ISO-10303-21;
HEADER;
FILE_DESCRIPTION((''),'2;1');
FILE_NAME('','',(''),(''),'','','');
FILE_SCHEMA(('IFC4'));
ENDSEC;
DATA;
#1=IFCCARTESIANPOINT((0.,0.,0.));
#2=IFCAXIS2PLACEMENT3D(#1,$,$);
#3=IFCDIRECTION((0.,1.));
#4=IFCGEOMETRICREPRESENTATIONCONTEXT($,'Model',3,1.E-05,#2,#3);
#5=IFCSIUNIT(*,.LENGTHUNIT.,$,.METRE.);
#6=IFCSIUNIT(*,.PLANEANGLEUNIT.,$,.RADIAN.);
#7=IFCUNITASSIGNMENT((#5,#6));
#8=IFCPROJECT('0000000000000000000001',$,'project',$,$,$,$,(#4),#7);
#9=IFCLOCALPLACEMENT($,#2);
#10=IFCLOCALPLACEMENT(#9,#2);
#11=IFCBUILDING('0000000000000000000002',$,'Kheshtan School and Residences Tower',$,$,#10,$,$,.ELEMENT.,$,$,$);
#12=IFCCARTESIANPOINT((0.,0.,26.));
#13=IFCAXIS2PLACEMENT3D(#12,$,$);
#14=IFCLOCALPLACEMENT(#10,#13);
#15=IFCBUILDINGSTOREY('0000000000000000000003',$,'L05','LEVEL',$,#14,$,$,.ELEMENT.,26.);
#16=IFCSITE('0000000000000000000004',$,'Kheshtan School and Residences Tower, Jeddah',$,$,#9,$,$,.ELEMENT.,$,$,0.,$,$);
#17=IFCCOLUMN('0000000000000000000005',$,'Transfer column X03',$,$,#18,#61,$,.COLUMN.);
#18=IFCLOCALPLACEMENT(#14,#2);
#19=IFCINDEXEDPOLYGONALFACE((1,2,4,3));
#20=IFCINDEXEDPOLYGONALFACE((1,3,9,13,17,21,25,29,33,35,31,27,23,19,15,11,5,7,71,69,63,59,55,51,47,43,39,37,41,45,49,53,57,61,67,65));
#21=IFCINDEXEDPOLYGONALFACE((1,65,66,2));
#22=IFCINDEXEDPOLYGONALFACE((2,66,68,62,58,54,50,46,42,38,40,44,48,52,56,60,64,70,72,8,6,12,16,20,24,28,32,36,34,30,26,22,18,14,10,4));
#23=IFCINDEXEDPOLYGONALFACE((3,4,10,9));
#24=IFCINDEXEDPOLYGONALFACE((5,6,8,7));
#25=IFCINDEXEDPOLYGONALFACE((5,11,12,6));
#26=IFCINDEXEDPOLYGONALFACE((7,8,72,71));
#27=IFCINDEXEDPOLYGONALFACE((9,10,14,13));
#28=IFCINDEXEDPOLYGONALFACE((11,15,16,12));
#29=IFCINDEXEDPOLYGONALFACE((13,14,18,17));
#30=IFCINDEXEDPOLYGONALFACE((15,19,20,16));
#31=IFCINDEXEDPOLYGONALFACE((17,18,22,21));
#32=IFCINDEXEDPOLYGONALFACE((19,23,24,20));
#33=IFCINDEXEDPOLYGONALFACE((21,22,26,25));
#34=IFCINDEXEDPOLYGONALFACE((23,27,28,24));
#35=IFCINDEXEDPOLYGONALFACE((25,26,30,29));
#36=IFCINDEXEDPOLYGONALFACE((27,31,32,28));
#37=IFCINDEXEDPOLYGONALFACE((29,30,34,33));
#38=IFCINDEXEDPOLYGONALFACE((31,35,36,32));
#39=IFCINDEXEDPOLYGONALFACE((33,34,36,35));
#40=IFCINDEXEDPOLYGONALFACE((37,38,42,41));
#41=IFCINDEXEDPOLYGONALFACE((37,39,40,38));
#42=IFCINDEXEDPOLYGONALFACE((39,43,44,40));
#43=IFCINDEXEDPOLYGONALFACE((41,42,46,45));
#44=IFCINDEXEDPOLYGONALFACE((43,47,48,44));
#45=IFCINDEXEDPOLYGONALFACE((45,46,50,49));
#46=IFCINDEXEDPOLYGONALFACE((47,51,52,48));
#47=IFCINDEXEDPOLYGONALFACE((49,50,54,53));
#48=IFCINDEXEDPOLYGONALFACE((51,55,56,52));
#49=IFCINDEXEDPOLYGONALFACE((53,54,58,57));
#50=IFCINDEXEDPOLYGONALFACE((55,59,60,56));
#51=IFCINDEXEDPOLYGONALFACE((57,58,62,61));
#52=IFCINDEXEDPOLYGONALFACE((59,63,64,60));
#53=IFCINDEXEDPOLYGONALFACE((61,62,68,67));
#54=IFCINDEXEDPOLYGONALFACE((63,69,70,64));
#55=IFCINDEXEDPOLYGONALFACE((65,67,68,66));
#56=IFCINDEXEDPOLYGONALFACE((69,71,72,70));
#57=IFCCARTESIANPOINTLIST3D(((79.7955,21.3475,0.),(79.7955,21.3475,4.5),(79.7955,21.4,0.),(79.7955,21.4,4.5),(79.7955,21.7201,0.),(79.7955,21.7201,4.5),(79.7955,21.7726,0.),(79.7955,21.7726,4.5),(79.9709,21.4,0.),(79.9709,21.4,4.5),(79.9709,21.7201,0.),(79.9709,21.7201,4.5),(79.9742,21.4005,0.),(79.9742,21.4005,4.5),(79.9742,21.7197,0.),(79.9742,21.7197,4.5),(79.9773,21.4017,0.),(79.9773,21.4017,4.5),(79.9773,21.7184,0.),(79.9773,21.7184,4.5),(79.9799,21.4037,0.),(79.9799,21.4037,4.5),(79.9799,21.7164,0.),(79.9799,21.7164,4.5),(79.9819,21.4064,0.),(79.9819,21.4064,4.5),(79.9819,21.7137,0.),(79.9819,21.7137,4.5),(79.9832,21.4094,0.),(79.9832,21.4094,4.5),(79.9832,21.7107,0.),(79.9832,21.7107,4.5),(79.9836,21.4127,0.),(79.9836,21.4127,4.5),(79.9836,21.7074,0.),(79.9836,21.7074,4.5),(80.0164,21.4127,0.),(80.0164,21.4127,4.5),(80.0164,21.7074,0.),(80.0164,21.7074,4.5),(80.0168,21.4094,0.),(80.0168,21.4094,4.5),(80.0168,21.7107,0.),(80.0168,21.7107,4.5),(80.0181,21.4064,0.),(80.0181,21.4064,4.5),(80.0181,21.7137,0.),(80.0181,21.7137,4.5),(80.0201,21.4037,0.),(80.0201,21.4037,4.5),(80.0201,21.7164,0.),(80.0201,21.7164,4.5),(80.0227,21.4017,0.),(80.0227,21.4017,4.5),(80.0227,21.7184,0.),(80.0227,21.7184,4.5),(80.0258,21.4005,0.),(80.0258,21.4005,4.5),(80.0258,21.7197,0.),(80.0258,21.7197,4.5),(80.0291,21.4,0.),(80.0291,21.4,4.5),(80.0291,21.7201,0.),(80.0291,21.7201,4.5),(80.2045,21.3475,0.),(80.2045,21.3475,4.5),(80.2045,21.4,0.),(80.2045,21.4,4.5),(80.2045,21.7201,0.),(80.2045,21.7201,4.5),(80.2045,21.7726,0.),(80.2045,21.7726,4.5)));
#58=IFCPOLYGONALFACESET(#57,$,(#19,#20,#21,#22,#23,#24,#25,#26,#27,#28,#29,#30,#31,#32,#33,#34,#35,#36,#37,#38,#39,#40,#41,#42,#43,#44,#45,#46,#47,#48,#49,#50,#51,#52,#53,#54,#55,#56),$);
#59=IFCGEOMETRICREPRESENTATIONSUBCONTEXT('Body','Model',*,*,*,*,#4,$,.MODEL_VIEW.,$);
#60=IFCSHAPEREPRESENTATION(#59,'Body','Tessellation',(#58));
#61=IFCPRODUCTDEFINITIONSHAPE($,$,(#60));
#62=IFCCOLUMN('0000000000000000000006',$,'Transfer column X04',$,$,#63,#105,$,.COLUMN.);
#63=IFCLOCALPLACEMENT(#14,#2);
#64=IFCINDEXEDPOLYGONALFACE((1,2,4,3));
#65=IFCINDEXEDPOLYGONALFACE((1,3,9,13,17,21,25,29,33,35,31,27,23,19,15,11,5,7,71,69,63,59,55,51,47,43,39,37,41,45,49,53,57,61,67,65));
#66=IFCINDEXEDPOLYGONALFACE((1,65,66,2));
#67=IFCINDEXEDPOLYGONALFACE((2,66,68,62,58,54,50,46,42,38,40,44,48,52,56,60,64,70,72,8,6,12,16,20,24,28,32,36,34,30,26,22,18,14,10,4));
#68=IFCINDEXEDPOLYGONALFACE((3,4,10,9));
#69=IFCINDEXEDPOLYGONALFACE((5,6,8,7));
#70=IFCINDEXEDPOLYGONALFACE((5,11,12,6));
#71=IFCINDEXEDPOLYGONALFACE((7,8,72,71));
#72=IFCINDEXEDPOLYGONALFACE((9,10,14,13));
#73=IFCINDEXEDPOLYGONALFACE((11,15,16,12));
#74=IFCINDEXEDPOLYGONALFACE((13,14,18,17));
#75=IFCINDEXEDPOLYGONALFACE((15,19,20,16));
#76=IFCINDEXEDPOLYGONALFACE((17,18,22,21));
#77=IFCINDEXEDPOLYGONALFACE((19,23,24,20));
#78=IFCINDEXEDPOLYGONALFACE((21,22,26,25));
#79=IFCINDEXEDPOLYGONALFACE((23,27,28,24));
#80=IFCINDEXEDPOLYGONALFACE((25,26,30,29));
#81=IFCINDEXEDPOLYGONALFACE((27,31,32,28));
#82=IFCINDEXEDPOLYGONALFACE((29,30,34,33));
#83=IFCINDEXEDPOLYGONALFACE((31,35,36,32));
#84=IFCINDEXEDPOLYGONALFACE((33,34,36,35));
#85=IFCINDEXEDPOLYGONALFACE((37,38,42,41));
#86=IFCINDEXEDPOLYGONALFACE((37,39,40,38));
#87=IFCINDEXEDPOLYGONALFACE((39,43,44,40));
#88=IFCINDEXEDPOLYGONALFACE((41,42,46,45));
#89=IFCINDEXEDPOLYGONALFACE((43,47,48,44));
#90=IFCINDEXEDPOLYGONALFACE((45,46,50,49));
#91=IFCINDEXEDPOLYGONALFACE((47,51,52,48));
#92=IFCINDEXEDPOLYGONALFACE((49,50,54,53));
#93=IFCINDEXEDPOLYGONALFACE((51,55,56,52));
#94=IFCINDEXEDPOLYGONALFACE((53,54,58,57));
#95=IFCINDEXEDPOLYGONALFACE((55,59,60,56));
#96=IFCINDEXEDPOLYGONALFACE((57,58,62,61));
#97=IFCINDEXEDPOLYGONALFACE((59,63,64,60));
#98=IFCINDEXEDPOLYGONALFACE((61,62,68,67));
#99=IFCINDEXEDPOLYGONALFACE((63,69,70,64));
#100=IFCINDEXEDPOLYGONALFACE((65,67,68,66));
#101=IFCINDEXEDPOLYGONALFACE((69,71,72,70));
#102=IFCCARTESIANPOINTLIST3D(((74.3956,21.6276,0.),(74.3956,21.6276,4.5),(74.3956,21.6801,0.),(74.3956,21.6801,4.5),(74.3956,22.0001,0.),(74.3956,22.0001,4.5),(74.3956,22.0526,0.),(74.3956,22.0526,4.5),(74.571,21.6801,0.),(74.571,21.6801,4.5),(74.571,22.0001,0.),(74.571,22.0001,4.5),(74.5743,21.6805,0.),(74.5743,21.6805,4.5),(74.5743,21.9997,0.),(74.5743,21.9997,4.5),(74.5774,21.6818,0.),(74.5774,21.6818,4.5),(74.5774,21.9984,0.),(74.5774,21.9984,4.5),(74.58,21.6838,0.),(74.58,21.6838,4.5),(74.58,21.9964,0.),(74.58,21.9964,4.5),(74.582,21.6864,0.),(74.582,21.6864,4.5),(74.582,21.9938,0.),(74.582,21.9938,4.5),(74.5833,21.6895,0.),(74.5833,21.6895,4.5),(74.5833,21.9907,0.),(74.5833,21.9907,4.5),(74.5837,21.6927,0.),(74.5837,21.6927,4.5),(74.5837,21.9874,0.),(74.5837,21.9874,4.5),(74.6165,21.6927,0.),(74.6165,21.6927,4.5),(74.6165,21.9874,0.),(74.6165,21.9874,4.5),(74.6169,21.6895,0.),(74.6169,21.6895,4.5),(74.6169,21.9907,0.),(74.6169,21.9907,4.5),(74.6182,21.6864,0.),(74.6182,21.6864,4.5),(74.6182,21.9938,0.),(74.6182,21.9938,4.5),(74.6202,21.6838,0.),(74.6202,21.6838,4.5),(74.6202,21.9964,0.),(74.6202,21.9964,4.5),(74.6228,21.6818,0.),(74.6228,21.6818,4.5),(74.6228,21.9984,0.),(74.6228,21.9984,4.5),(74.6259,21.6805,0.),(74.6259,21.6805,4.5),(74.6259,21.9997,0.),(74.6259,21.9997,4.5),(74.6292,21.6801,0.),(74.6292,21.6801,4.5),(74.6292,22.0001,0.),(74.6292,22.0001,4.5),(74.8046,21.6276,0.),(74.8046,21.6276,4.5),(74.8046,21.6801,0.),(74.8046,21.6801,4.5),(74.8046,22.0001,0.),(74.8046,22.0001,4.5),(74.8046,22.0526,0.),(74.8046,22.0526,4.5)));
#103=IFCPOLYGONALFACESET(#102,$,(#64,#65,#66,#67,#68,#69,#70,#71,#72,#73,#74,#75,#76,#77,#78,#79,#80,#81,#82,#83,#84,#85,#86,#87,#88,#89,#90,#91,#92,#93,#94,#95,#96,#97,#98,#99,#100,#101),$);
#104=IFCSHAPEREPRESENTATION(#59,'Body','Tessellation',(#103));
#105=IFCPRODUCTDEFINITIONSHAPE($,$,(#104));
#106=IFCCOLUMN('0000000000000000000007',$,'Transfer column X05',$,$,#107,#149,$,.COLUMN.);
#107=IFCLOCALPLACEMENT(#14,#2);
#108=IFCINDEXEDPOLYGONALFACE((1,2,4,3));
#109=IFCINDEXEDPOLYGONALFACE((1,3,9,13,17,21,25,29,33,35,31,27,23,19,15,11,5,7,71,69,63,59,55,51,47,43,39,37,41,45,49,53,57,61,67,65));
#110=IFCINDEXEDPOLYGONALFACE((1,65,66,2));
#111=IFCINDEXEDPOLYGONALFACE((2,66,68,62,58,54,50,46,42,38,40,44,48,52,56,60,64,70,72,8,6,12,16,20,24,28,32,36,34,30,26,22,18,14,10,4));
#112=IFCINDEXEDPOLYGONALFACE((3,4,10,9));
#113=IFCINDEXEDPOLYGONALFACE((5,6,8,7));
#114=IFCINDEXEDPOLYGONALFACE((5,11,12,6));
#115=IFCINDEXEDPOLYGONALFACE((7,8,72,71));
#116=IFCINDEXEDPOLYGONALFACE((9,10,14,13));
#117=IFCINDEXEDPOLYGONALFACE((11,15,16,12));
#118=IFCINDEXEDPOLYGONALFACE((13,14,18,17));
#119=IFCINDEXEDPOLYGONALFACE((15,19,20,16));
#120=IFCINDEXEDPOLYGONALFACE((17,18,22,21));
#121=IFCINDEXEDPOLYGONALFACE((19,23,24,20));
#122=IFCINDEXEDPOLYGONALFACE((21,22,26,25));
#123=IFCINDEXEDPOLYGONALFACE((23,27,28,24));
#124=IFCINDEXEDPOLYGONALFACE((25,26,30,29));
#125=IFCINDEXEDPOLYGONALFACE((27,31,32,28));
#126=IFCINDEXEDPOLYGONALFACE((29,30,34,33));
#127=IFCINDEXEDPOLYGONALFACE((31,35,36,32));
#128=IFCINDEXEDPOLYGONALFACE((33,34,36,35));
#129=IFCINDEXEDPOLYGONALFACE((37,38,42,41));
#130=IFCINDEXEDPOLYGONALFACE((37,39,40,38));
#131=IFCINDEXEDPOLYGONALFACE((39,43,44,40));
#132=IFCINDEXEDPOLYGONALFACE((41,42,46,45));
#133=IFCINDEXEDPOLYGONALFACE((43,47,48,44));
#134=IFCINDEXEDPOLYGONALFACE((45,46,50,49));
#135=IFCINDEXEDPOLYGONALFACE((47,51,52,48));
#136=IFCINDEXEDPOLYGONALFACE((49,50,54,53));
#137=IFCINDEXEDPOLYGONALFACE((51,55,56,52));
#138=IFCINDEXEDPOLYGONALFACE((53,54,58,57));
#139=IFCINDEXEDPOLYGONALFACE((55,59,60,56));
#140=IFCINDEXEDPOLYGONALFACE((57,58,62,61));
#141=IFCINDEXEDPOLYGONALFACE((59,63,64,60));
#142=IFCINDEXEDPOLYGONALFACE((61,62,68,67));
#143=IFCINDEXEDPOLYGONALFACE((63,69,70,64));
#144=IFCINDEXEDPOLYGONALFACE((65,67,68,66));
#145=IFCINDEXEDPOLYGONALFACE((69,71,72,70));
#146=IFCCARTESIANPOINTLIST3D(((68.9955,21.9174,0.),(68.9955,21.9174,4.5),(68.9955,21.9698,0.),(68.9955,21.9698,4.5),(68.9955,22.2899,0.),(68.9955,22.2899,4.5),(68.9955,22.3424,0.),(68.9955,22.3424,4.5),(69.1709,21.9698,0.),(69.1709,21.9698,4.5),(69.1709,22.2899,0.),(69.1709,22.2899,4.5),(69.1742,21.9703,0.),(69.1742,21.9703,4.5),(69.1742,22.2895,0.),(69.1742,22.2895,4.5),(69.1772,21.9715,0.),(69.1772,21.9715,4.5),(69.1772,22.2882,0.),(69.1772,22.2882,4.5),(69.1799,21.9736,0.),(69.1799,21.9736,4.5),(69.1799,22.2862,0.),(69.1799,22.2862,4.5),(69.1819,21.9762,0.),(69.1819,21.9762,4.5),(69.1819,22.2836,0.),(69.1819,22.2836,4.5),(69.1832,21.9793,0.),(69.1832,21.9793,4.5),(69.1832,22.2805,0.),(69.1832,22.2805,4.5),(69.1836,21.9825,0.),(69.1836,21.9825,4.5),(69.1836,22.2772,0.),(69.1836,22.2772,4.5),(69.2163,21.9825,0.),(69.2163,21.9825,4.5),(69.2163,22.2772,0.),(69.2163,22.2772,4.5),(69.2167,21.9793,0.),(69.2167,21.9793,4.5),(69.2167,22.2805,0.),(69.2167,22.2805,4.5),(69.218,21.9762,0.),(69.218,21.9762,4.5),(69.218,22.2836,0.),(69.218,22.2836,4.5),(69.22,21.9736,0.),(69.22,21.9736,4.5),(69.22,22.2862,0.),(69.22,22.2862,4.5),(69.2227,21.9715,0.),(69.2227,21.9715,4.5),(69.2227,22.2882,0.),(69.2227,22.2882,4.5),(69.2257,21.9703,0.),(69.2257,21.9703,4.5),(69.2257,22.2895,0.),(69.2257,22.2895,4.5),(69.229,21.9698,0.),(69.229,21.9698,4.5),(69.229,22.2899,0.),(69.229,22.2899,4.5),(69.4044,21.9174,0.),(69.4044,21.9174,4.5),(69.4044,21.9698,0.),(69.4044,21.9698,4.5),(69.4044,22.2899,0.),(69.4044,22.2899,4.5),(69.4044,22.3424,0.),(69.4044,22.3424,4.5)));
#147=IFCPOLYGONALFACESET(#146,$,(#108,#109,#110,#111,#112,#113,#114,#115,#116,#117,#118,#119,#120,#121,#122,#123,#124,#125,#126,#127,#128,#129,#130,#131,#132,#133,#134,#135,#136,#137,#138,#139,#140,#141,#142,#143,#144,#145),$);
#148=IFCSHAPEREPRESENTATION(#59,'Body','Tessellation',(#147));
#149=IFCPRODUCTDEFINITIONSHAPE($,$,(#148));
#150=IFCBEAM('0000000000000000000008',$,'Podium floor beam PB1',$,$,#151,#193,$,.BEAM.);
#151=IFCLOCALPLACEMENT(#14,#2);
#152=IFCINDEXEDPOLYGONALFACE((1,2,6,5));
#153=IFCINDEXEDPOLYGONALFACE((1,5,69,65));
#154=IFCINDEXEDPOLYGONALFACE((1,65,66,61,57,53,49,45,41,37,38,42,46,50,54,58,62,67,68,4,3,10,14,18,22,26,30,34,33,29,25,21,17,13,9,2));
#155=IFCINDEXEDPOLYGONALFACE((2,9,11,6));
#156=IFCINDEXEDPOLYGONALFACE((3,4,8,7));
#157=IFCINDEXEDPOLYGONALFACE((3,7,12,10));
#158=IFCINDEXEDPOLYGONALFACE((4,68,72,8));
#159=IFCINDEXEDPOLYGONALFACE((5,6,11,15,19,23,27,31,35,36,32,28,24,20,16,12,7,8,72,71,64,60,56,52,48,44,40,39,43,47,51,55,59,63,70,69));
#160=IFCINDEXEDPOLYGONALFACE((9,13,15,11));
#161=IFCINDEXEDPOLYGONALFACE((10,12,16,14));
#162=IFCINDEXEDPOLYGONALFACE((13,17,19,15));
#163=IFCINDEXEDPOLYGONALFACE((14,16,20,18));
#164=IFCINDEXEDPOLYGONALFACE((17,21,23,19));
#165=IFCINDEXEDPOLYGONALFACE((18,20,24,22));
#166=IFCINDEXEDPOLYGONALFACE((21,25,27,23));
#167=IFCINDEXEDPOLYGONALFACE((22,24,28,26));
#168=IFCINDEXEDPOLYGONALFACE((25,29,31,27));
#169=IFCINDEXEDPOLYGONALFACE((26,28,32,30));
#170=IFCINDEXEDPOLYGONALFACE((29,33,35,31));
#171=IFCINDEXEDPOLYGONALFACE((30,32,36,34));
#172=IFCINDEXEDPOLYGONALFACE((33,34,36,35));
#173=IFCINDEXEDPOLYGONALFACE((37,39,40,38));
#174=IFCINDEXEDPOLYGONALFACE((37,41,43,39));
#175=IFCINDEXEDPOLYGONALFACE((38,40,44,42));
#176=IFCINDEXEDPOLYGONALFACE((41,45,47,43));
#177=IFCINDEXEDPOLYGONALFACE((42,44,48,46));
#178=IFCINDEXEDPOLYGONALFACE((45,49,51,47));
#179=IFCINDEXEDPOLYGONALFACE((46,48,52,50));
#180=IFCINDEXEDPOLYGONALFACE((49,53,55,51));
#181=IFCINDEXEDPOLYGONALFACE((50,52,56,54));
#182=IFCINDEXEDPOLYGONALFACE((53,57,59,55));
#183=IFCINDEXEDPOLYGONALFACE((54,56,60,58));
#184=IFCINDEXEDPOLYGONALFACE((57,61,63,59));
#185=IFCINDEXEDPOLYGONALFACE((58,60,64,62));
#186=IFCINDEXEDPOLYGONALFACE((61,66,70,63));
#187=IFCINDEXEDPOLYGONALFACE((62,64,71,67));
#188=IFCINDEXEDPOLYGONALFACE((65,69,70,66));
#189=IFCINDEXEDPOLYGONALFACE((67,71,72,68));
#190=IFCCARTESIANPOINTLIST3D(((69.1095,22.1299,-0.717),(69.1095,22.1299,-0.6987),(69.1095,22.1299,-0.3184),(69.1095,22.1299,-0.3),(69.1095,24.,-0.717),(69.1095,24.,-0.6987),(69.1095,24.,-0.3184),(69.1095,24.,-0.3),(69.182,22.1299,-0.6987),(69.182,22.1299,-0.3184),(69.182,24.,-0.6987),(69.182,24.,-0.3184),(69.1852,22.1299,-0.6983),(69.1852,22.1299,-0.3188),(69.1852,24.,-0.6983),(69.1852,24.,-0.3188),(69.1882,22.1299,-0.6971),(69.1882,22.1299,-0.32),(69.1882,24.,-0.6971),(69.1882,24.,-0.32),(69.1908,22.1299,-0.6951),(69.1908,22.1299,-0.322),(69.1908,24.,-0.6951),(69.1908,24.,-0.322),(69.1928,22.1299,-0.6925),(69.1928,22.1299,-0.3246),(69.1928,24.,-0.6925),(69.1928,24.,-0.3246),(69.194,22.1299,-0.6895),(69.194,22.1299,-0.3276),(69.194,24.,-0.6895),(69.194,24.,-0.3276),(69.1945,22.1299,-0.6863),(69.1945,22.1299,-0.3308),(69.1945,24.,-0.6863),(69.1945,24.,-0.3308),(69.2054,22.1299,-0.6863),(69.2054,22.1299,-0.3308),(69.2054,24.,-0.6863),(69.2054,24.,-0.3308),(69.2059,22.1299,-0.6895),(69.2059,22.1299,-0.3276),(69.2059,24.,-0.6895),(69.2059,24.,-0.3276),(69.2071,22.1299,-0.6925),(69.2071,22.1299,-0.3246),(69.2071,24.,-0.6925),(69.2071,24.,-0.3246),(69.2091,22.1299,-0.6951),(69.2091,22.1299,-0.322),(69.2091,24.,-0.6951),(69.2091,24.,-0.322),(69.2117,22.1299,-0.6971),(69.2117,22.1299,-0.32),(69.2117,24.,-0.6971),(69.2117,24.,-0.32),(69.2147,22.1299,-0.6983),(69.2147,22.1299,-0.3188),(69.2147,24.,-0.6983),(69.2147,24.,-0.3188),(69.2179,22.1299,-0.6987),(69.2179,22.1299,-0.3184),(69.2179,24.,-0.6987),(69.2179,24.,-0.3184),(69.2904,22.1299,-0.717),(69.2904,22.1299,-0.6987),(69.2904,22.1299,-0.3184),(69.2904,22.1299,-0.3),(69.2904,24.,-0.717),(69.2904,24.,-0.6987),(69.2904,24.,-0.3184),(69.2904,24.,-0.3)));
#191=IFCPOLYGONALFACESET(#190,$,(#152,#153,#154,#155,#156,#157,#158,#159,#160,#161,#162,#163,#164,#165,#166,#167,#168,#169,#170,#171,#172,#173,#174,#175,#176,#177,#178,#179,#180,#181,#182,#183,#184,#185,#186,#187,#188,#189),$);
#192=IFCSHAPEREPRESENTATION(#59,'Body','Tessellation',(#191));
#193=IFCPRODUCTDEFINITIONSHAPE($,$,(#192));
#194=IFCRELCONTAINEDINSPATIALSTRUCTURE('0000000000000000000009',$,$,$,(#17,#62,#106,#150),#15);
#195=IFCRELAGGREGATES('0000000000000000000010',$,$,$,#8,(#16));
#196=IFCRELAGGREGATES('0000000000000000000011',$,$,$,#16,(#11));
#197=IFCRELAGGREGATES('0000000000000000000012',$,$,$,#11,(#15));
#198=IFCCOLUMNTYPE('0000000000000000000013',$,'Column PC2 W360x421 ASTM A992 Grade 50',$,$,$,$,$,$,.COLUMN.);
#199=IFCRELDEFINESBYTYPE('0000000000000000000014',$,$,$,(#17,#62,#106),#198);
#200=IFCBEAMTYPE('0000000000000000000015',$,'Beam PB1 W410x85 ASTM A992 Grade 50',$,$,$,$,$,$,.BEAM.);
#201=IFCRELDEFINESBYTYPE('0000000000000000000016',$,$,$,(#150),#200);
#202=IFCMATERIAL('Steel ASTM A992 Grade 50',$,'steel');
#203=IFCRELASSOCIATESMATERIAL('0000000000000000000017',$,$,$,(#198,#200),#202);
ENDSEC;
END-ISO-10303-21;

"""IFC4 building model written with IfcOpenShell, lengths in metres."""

from ifc_helpers import new_model, si_unit, direction, frame, origin, origin_2d, place, context, subcontext, project, spatial, i_section, extrude, material, material_profile, profile_set, type_object, element, save


model = new_model("IFC4")

# Units and contexts
model_context = context("Model", 3, precision=1e-05, world=origin(), true_north=direction((0.0, 1.0)))
body_context = subcontext(model_context, "Body", "Model", "MODEL_VIEW")
ifc_project = project(units=[si_unit("LENGTHUNIT", "METRE"), si_unit("PLANEANGLEUNIT", "RADIAN")], contexts=[model_context])

# Site, building, storey
site_placement = place(None, origin())
site = spatial("IfcSite", under=ifc_project, at=site_placement, Name="Kheshtan School and Residences Tower, Jeddah", CompositionType="ELEMENT", RefElevation=0.0)
building_placement = place(site_placement, origin())
building = spatial("IfcBuilding", under=site, at=building_placement, Name="Kheshtan School and Residences Tower", CompositionType="ELEMENT")
storey_placement = place(building_placement, frame((0.0, 0.0, 26.0)))
storey = spatial("IfcBuildingStorey", under=building, at=storey_placement, Name="L05", Description="LEVEL", CompositionType="ELEMENT", Elevation=26.0)

# Columns
ifc_material_1 = material(Name="Steel ASTM A992 Grade 50", Category="steel")
ifc_material_profile_1 = material_profile(ifc_material_1, i_section(OverallWidth=0.4089, OverallDepth=0.425, WebThickness=0.0327, FlangeThickness=0.0525, FilletRadius=0.0127, at=origin_2d()), Name="W360x421")
ifc_profile_set_1 = profile_set([ifc_material_profile_1], Name="Steel ASTM A992 Grade 50")
column_type = type_object("IfcColumnType", Name="Column PC2 W360x421 ASTM A992 Grade 50", PredefinedType="COLUMN", material=ifc_profile_set_1)
for number, where, z_axis, x_axis, name in (
    (1, (80.0, 21.5601, 0.0), (0.0, 0.0, 1.0), (1.0, 0.0, 0.0), "Transfer column X03"),
    (2, (74.6001, 21.8401, 0.0), (0.0, 0.0, 1.0), (1.0, 0.0, 0.0), "Transfer column X04"),
    (3, (69.2, 22.1299, 0.0), (0.0, 0.0, 1.0), (1.0, 0.0, 0.0), "Transfer column X05"),
):
    element("IfcColumn", number, at=place(storey_placement, frame(where, z_axis=z_axis, x_axis=x_axis)), inside=storey, type_object=column_type, Name=name, PredefinedType="COLUMN", context=body_context, shape_type="SweptSolid", body=[
        extrude(i_section(OverallWidth=0.4089, OverallDepth=0.425, WebThickness=0.0327, FlangeThickness=0.0525, FilletRadius=0.0127, at=origin_2d()), origin(), (0.0, 0.0, 1.0), 4.5),
    ])

# Beam
ifc_material_profile_2 = material_profile(ifc_material_1, i_section(OverallWidth=0.1809, OverallDepth=0.417, WebThickness=0.011, FlangeThickness=0.0183, FilletRadius=0.0125, at=origin_2d()), Name="W410x85")
ifc_profile_set_2 = profile_set([ifc_material_profile_2], Name="Steel ASTM A992 Grade 50")
beam_type = type_object("IfcBeamType", Name="Beam PB1 W410x85 ASTM A992 Grade 50", PredefinedType="BEAM", material=ifc_profile_set_2)
beam_1_placement = place(storey_placement, frame((69.2, 22.1299, -0.5085), z_axis=(0.0, 1.0, 0.0), x_axis=(-1.0, 0.0, 0.0)))
element("IfcBeam", 4, at=beam_1_placement, inside=storey, type_object=beam_type, Name="Podium floor beam PB1", PredefinedType="BEAM", context=body_context, shape_type="SweptSolid", body=[
    extrude(i_section(OverallWidth=0.1809, OverallDepth=0.417, WebThickness=0.011, FlangeThickness=0.0183, FilletRadius=0.0125, at=origin_2d()), origin(), (0.0, 0.0, 1.0), 1.8701),
])

save(model, "model.ifc")
